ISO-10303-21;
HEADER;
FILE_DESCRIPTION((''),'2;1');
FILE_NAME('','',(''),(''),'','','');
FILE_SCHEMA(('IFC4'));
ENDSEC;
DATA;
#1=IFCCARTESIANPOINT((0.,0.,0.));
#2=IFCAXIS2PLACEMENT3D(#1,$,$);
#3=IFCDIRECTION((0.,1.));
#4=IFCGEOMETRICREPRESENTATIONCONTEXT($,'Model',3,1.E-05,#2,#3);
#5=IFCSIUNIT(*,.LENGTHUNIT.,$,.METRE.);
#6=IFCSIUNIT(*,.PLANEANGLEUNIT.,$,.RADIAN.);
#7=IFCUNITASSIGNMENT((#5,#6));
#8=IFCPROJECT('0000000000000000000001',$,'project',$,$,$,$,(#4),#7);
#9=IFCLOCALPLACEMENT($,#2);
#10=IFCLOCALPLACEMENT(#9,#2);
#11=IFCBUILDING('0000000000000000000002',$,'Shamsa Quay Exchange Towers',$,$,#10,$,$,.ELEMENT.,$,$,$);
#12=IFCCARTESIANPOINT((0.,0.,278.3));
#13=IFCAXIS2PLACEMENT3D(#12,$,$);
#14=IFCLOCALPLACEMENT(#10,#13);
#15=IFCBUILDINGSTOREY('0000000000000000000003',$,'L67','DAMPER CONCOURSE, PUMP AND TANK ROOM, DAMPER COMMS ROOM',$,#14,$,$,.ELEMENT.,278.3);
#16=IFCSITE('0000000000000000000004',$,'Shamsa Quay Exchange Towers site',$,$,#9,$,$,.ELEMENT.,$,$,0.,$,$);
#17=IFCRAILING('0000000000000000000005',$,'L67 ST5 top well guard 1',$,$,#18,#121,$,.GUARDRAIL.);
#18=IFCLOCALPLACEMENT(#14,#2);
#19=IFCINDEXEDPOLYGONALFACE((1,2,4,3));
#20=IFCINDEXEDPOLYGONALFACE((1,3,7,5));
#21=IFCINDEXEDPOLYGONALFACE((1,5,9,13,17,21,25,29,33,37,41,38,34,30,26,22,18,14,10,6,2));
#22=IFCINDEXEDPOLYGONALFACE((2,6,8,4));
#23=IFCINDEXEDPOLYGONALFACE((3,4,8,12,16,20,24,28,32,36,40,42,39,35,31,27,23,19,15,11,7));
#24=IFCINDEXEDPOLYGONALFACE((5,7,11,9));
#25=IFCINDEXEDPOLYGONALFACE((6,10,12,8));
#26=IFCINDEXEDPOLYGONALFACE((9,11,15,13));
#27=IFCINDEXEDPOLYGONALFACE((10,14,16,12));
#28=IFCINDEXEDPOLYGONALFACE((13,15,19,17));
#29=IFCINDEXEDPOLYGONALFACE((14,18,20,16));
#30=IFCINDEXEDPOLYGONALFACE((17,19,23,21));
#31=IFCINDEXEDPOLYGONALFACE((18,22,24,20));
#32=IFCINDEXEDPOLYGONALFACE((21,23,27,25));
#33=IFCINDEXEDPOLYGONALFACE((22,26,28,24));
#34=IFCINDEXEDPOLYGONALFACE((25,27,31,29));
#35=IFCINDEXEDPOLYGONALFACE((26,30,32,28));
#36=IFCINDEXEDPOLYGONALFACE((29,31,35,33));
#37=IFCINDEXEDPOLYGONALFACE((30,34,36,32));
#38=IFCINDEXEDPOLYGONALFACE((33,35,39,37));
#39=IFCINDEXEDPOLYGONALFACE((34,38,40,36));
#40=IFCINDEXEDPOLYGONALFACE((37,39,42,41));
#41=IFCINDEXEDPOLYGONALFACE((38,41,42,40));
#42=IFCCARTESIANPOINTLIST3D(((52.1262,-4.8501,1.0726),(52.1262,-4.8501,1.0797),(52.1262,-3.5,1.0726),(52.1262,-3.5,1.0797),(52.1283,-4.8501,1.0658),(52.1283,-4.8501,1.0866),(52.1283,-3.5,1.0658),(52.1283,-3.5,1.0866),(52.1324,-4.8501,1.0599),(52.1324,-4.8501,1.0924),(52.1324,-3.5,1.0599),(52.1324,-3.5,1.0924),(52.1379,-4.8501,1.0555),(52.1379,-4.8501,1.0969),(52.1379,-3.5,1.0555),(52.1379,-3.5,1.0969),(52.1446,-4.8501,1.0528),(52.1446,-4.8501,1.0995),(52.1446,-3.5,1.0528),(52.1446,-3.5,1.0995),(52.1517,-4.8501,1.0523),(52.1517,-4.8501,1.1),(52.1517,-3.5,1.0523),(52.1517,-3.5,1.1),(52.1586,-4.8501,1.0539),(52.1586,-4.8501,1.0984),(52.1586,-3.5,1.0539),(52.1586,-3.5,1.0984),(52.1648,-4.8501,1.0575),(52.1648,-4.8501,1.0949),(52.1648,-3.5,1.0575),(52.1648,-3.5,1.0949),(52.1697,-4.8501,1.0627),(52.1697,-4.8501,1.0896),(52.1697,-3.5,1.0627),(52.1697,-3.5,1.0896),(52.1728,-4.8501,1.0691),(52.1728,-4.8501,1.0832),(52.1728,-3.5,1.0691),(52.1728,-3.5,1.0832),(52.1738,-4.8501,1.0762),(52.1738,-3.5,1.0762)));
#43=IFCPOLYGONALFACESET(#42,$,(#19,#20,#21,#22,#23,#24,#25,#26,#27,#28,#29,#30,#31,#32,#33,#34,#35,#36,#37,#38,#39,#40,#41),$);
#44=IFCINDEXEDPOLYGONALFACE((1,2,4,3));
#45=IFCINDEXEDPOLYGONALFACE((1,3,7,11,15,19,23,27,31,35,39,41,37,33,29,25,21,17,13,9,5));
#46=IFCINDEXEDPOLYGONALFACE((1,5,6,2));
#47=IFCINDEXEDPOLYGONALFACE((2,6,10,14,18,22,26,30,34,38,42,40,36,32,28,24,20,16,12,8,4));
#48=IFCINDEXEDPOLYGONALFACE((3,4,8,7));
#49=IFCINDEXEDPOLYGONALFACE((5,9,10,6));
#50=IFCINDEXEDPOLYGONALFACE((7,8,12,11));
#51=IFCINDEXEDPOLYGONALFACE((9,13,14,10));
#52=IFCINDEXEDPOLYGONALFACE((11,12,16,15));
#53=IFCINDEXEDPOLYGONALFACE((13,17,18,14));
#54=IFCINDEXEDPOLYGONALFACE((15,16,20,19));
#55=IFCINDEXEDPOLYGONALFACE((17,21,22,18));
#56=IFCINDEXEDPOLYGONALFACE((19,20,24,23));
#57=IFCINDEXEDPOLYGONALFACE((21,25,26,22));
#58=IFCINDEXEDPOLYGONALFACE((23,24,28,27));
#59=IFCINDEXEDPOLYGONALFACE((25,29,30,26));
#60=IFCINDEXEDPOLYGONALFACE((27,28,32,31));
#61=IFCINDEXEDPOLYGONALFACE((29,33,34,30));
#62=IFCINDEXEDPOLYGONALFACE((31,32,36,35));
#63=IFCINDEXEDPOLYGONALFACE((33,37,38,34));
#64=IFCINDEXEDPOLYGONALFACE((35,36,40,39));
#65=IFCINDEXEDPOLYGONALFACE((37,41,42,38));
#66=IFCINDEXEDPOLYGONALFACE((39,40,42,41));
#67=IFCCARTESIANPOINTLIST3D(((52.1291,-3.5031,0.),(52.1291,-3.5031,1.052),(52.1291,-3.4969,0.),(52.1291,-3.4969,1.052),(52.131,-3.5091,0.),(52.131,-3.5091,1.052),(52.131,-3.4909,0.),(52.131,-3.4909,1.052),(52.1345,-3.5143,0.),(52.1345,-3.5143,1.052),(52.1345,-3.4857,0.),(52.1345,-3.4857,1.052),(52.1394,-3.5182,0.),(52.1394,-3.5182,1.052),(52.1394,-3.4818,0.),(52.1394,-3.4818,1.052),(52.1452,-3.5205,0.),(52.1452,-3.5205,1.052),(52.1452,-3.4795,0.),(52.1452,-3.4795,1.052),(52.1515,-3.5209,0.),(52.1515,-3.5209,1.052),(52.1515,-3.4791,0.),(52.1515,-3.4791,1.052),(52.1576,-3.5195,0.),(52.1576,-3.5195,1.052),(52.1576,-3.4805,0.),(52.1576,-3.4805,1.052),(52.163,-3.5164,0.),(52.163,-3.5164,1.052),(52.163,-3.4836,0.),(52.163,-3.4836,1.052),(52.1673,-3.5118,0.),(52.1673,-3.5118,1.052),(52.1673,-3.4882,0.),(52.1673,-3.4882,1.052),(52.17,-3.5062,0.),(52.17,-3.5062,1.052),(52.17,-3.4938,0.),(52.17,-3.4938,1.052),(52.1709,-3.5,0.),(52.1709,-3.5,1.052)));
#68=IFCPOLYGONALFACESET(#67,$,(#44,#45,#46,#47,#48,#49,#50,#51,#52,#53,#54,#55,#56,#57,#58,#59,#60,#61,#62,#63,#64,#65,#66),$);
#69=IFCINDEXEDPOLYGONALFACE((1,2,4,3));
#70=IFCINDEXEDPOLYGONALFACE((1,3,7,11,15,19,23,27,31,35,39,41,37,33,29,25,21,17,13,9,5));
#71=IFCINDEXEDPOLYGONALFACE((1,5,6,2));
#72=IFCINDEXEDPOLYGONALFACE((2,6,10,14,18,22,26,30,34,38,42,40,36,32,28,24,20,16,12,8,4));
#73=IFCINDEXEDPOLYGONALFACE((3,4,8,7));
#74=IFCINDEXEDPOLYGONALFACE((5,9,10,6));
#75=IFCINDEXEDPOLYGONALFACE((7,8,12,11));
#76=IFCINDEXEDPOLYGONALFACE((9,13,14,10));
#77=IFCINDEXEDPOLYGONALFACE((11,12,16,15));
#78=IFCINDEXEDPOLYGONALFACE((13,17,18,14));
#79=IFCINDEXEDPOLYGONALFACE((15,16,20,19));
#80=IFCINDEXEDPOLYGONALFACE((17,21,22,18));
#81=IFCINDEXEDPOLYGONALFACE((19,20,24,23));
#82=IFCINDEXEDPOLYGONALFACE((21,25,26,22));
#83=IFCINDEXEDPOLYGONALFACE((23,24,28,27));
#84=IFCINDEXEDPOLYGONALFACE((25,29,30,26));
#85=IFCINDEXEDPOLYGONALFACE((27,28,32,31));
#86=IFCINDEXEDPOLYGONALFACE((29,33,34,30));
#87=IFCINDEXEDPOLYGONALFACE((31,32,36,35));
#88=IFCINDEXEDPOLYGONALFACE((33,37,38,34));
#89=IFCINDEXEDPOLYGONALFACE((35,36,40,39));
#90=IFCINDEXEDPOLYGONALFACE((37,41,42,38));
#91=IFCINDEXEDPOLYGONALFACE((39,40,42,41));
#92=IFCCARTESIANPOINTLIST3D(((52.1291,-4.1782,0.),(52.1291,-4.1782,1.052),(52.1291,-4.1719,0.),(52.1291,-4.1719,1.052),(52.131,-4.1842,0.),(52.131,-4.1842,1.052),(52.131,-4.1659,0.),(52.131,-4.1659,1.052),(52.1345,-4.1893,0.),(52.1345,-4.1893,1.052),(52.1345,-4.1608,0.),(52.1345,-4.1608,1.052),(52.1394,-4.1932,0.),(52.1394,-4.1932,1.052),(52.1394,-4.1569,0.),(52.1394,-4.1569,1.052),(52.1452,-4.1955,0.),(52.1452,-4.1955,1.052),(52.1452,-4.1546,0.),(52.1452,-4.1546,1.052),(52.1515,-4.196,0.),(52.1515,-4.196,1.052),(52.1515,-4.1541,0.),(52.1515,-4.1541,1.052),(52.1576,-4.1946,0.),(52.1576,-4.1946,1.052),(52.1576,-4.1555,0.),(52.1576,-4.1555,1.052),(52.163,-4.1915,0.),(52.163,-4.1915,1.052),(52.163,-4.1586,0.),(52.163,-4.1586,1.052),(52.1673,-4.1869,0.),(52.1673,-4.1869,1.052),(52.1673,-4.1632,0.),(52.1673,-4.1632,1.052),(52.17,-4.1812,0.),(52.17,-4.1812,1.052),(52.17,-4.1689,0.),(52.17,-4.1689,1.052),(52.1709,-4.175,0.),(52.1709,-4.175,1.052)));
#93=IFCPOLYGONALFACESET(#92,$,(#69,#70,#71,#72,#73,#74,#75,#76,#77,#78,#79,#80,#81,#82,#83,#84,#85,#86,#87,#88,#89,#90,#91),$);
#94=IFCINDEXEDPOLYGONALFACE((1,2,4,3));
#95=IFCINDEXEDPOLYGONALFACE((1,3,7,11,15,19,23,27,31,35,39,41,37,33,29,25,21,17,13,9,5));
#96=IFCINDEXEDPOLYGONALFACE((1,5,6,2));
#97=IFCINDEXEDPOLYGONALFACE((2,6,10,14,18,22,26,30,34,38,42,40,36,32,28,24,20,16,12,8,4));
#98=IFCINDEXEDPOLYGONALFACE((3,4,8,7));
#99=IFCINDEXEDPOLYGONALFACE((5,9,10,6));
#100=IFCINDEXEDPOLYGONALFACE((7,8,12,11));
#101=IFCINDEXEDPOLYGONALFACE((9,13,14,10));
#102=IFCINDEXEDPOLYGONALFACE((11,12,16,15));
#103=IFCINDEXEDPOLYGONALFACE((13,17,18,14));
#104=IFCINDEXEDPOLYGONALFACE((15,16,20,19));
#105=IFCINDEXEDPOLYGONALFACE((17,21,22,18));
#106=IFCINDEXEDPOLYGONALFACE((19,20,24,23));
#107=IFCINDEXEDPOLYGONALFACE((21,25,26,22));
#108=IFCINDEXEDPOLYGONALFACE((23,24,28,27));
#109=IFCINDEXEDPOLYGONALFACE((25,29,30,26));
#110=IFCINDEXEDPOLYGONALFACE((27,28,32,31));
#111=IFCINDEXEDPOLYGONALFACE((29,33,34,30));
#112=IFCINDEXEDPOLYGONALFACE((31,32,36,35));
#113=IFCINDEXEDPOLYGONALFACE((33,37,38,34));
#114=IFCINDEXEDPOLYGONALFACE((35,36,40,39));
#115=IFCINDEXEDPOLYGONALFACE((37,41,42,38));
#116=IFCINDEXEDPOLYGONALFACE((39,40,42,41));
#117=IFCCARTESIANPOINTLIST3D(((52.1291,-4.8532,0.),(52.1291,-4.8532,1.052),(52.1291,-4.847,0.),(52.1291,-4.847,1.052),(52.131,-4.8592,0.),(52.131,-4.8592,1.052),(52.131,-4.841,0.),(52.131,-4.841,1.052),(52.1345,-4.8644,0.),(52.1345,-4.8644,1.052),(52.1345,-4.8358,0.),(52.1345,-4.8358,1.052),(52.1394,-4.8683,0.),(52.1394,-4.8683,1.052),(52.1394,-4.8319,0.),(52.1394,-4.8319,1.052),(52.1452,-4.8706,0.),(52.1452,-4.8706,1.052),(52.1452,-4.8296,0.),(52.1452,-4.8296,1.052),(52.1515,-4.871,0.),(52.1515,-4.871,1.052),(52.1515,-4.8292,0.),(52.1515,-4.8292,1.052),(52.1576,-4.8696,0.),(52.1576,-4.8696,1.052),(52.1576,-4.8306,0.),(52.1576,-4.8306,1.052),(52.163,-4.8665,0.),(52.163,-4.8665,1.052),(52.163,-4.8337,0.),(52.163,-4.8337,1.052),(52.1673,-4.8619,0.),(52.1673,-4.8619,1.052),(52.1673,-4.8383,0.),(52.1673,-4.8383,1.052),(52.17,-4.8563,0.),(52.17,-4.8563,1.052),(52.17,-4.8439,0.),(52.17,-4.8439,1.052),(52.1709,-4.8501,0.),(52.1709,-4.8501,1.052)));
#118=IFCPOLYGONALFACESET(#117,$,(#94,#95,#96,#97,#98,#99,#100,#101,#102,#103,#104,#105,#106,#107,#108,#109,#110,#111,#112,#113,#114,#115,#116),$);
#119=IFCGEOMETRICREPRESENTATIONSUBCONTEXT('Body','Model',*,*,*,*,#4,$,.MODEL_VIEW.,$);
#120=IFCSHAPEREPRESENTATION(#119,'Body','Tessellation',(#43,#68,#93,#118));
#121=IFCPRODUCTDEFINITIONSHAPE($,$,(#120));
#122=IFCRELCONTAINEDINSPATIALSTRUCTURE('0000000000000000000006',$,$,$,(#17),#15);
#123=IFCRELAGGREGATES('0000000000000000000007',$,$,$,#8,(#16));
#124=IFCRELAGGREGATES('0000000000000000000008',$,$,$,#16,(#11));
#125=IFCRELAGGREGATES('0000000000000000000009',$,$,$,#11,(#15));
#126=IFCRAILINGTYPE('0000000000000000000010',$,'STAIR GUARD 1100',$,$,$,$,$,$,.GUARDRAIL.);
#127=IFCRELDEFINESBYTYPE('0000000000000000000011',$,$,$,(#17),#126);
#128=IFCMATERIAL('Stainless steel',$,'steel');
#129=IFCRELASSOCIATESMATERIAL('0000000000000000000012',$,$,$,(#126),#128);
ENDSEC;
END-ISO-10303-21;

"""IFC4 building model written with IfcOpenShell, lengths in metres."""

from ifc_helpers import new_model, si_unit, direction, frame, origin, origin_2d, place, context, subcontext, project, spatial, circle, extrude, material, type_object, element, save


model = new_model("IFC4")

# Units and contexts
model_context = context("Model", 3, precision=1e-05, world=origin(), true_north=direction((0.0, 1.0)))
body_context = subcontext(model_context, "Body", "Model", "MODEL_VIEW")
ifc_project = project(units=[si_unit("LENGTHUNIT", "METRE"), si_unit("PLANEANGLEUNIT", "RADIAN")], contexts=[model_context])

# Site, building, storey
site_placement = place(None, origin())
site = spatial("IfcSite", under=ifc_project, at=site_placement, Name="Shamsa Quay Exchange Towers site", CompositionType="ELEMENT", RefElevation=0.0)
building_placement = place(site_placement, origin())
building = spatial("IfcBuilding", under=site, at=building_placement, Name="Shamsa Quay Exchange Towers", CompositionType="ELEMENT")
storey_placement = place(building_placement, frame((0.0, 0.0, 278.3)))
storey = spatial("IfcBuildingStorey", under=building, at=storey_placement, Name="L67", Description="DAMPER CONCOURSE, PUMP AND TANK ROOM, DAMPER COMMS ROOM", CompositionType="ELEMENT", Elevation=278.3)

# Railing
ifc_material_1 = material(Name="Stainless steel", Category="steel")
railing_type = type_object("IfcRailingType", Name="STAIR GUARD 1100", PredefinedType="GUARDRAIL", material=ifc_material_1)
railing_placement = place(storey_placement, frame((52.1499, -3.5, 0.0)))
element("IfcRailing", 1, at=railing_placement, inside=storey, type_object=railing_type, Name="L67 ST5 top well guard 1", PredefinedType="GUARDRAIL", context=body_context, shape_type="SweptSolid", body=[
    extrude(circle(Radius=0.0239, at=origin_2d()), frame((0.0, 0.0, 1.0762), z_axis=(0.0, -1.0, 0.0), x_axis=(1.0, 0.0, 0.0)), (0.0, 0.0, 1.0), 1.3501),
    extrude(circle(Radius=0.021, at=origin_2d()), origin(), (0.0, 0.0, 1.0), 1.052),
    extrude(circle(Radius=0.021, at=origin_2d()), frame((0.0, -0.675, 0.0)), (0.0, 0.0, 1.0), 1.052),
    extrude(circle(Radius=0.021, at=origin_2d()), frame((0.0, -1.3501, 0.0)), (0.0, 0.0, 1.0), 1.052),
])

save(model, "model.ifc")
